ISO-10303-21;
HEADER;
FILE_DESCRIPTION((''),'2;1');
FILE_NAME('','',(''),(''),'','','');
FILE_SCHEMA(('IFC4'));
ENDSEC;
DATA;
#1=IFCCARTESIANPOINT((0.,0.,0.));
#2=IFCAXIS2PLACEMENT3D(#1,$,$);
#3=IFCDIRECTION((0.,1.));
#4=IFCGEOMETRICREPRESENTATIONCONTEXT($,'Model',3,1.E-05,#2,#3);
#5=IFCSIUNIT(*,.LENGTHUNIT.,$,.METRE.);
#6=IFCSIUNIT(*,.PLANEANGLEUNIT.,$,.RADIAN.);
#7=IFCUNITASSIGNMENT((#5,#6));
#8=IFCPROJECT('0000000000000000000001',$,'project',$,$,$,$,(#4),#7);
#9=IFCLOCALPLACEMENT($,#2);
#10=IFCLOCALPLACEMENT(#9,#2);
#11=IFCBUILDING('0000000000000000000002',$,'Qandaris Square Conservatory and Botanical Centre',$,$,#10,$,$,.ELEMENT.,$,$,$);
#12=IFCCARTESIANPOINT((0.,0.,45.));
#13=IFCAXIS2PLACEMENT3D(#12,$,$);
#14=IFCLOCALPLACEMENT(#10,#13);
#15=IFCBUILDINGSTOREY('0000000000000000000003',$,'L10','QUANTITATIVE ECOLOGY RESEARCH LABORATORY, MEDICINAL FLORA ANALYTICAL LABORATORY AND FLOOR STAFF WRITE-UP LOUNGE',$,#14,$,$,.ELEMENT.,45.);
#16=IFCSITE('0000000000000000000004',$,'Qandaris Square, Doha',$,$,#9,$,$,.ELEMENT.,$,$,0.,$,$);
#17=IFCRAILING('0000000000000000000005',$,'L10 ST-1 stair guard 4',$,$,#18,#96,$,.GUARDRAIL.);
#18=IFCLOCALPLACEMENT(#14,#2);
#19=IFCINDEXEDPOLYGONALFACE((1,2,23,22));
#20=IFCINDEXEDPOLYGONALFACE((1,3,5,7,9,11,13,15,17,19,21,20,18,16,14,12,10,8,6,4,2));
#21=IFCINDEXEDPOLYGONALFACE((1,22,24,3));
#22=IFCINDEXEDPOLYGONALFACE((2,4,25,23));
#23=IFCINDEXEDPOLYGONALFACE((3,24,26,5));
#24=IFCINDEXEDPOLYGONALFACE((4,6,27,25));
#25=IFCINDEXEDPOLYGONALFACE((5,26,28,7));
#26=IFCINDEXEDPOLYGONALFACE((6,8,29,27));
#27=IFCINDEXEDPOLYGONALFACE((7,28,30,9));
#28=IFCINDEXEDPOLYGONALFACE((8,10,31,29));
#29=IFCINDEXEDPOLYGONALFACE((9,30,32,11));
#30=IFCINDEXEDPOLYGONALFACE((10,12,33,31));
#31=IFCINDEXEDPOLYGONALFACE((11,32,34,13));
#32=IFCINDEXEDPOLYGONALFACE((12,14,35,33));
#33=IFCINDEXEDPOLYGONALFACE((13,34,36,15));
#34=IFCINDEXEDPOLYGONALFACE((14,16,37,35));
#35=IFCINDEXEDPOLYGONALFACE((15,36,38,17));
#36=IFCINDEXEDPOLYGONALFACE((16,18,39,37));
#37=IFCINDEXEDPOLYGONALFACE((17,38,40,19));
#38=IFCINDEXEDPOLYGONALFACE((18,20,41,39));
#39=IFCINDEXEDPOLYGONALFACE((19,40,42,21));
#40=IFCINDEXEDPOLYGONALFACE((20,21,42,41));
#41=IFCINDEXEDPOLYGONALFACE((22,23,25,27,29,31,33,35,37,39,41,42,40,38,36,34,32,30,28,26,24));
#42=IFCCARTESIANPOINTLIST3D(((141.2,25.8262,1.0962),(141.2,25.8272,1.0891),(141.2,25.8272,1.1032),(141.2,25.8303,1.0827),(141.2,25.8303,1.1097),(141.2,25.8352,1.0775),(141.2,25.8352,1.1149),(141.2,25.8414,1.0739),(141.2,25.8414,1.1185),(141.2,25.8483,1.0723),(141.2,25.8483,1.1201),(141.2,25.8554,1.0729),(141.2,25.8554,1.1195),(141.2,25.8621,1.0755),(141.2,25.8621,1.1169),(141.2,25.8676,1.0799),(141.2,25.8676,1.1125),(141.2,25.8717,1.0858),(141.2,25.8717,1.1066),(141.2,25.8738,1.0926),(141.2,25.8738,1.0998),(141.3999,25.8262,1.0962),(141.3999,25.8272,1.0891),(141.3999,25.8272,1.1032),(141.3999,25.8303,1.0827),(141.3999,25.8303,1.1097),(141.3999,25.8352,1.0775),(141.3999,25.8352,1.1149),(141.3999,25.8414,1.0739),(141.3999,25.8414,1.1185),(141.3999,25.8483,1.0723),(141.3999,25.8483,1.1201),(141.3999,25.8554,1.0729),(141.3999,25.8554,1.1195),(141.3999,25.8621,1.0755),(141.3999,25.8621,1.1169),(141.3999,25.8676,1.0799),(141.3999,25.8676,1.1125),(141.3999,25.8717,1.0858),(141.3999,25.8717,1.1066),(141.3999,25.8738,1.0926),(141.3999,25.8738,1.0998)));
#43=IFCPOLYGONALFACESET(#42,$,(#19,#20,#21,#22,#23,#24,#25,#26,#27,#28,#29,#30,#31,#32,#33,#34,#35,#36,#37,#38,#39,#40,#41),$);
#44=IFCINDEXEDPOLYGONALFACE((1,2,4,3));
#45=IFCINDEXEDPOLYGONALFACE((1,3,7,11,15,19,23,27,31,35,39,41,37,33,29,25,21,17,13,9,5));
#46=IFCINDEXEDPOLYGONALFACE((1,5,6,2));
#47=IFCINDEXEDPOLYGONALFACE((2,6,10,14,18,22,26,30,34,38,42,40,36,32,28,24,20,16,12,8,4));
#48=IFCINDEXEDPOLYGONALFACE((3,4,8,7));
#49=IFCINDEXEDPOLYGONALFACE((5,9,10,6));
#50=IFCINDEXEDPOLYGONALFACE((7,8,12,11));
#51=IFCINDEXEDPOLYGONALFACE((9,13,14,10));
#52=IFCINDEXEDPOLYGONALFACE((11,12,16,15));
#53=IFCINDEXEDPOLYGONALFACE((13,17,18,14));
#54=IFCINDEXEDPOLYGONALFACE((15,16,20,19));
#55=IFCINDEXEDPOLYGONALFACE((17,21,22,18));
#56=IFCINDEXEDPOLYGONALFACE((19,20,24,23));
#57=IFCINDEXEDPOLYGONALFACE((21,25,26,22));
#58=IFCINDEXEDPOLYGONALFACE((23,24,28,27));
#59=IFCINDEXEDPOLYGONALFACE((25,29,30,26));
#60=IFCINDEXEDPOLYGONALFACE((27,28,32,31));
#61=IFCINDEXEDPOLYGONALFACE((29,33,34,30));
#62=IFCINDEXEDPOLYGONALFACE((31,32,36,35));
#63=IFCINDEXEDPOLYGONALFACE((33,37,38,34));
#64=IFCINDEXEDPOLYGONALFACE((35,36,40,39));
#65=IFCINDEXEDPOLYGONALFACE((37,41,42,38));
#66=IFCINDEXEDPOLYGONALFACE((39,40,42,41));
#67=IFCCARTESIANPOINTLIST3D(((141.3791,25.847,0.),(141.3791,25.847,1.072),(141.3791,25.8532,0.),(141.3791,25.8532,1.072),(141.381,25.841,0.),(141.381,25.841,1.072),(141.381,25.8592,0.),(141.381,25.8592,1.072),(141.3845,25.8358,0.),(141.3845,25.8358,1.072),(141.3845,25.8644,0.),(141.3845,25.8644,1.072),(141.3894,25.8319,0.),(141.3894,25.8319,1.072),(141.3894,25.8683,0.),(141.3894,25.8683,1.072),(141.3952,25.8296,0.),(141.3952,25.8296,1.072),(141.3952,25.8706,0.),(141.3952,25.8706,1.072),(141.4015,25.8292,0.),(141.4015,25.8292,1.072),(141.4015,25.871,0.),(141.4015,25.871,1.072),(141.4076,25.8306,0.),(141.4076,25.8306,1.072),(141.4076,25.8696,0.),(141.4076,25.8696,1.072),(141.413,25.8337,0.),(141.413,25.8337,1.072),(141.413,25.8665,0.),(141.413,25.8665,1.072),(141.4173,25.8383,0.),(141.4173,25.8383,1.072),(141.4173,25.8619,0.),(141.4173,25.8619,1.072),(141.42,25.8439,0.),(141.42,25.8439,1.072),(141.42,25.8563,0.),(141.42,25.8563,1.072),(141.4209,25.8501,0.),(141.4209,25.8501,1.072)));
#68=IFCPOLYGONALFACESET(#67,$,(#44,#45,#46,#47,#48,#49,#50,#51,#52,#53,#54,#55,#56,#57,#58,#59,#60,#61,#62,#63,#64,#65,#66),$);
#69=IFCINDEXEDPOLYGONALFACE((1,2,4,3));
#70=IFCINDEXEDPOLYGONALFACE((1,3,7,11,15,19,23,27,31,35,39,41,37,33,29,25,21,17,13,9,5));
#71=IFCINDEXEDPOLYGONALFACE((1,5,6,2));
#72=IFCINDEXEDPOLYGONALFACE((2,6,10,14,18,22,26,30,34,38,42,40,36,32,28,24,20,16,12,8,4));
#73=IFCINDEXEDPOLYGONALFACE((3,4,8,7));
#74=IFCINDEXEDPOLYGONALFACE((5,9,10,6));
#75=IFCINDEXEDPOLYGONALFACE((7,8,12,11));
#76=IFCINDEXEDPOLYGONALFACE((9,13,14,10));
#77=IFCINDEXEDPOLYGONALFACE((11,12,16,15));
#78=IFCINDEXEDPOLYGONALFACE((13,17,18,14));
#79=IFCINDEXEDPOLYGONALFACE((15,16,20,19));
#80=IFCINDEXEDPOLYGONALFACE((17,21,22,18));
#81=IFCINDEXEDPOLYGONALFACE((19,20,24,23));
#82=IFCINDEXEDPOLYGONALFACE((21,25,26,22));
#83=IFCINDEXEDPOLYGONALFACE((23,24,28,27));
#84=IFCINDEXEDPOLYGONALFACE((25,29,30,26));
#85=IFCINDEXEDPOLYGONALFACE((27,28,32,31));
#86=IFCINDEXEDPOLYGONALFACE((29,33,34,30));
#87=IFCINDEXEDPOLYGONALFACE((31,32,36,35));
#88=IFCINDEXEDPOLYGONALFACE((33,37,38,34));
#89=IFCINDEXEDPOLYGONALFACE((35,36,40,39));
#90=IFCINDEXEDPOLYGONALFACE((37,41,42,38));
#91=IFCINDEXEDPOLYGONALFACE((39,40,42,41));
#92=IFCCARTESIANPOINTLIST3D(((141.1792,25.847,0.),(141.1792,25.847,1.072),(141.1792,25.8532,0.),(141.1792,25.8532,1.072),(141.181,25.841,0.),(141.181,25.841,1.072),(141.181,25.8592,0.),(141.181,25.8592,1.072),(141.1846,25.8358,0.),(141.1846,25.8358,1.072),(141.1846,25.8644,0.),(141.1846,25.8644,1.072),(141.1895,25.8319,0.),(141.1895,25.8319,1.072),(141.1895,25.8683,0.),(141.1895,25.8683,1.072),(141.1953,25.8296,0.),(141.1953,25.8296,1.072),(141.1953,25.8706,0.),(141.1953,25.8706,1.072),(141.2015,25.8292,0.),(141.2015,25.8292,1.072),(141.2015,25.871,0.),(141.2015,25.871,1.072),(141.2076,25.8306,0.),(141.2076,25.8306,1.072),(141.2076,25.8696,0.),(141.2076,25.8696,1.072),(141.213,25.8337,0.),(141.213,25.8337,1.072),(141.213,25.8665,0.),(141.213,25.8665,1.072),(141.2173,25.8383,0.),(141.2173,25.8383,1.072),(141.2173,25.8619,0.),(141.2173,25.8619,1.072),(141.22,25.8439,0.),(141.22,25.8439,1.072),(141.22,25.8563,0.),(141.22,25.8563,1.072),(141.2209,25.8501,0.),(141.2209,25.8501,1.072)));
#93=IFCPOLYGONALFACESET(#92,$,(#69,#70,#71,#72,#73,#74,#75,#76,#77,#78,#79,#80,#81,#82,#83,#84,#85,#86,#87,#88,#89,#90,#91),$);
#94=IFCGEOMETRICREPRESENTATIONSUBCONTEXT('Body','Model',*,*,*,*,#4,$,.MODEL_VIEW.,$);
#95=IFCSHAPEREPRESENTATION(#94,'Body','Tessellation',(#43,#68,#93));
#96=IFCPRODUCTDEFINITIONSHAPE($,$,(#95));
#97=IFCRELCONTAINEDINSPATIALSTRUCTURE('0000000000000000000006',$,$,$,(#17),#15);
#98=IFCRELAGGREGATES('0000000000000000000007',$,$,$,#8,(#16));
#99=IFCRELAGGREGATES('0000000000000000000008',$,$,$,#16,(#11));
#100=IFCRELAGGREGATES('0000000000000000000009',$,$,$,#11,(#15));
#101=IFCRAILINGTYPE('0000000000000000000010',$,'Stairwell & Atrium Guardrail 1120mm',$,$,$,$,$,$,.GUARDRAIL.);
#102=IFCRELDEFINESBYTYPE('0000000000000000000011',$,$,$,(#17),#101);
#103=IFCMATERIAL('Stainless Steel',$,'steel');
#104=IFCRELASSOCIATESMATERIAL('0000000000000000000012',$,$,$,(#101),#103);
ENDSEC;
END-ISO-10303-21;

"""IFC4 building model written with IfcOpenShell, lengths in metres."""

from ifc_helpers import new_model, si_unit, direction, frame, origin, origin_2d, place, context, subcontext, project, spatial, circle, extrude, material, type_object, element, save


model = new_model("IFC4")

# Units and contexts
model_context = context("Model", 3, precision=1e-05, world=origin(), true_north=direction((0.0, 1.0)))
body_context = subcontext(model_context, "Body", "Model", "MODEL_VIEW")
ifc_project = project(units=[si_unit("LENGTHUNIT", "METRE"), si_unit("PLANEANGLEUNIT", "RADIAN")], contexts=[model_context])

# Site, building, storey
site_placement = place(None, origin())
site = spatial("IfcSite", under=ifc_project, at=site_placement, Name="Qandaris Square, Doha", CompositionType="ELEMENT", RefElevation=0.0)
building_placement = place(site_placement, origin())
building = spatial("IfcBuilding", under=site, at=building_placement, Name="Qandaris Square Conservatory and Botanical Centre", CompositionType="ELEMENT")
storey_placement = place(building_placement, frame((0.0, 0.0, 45.0)))
storey = spatial("IfcBuildingStorey", under=building, at=storey_placement, Name="L10", Description="QUANTITATIVE ECOLOGY RESEARCH LABORATORY, MEDICINAL FLORA ANALYTICAL LABORATORY AND FLOOR STAFF WRITE-UP LOUNGE", CompositionType="ELEMENT", Elevation=45.0)

# Railing
ifc_material_1 = material(Name="Stainless Steel", Category="steel")
railing_type_1 = type_object("IfcRailingType", Name="Stairwell & Atrium Guardrail 1120mm", PredefinedType="GUARDRAIL", material=ifc_material_1)
railing_1_placement = place(storey_placement, frame((141.3999, 25.8501, 0.0)))
element("IfcRailing", 1, at=railing_1_placement, inside=storey, type_object=railing_type_1, Name="L10 ST-1 stair guard 4", PredefinedType="GUARDRAIL", context=body_context, shape_type="SweptSolid", body=[
    extrude(circle(Radius=0.0239, at=origin_2d()), frame((0.0, 0.0, 1.0962), z_axis=(-1.0, 0.0, 0.0), x_axis=(0.0, -1.0, 0.0)), (0.0, 0.0, 1.0), 0.2),
    extrude(circle(Radius=0.021, at=origin_2d()), origin(), (0.0, 0.0, 1.0), 1.072),
    extrude(circle(Radius=0.021, at=origin_2d()), frame((-0.2, 0.0, 0.0)), (0.0, 0.0, 1.0), 1.072),
])

save(model, "model.ifc")
